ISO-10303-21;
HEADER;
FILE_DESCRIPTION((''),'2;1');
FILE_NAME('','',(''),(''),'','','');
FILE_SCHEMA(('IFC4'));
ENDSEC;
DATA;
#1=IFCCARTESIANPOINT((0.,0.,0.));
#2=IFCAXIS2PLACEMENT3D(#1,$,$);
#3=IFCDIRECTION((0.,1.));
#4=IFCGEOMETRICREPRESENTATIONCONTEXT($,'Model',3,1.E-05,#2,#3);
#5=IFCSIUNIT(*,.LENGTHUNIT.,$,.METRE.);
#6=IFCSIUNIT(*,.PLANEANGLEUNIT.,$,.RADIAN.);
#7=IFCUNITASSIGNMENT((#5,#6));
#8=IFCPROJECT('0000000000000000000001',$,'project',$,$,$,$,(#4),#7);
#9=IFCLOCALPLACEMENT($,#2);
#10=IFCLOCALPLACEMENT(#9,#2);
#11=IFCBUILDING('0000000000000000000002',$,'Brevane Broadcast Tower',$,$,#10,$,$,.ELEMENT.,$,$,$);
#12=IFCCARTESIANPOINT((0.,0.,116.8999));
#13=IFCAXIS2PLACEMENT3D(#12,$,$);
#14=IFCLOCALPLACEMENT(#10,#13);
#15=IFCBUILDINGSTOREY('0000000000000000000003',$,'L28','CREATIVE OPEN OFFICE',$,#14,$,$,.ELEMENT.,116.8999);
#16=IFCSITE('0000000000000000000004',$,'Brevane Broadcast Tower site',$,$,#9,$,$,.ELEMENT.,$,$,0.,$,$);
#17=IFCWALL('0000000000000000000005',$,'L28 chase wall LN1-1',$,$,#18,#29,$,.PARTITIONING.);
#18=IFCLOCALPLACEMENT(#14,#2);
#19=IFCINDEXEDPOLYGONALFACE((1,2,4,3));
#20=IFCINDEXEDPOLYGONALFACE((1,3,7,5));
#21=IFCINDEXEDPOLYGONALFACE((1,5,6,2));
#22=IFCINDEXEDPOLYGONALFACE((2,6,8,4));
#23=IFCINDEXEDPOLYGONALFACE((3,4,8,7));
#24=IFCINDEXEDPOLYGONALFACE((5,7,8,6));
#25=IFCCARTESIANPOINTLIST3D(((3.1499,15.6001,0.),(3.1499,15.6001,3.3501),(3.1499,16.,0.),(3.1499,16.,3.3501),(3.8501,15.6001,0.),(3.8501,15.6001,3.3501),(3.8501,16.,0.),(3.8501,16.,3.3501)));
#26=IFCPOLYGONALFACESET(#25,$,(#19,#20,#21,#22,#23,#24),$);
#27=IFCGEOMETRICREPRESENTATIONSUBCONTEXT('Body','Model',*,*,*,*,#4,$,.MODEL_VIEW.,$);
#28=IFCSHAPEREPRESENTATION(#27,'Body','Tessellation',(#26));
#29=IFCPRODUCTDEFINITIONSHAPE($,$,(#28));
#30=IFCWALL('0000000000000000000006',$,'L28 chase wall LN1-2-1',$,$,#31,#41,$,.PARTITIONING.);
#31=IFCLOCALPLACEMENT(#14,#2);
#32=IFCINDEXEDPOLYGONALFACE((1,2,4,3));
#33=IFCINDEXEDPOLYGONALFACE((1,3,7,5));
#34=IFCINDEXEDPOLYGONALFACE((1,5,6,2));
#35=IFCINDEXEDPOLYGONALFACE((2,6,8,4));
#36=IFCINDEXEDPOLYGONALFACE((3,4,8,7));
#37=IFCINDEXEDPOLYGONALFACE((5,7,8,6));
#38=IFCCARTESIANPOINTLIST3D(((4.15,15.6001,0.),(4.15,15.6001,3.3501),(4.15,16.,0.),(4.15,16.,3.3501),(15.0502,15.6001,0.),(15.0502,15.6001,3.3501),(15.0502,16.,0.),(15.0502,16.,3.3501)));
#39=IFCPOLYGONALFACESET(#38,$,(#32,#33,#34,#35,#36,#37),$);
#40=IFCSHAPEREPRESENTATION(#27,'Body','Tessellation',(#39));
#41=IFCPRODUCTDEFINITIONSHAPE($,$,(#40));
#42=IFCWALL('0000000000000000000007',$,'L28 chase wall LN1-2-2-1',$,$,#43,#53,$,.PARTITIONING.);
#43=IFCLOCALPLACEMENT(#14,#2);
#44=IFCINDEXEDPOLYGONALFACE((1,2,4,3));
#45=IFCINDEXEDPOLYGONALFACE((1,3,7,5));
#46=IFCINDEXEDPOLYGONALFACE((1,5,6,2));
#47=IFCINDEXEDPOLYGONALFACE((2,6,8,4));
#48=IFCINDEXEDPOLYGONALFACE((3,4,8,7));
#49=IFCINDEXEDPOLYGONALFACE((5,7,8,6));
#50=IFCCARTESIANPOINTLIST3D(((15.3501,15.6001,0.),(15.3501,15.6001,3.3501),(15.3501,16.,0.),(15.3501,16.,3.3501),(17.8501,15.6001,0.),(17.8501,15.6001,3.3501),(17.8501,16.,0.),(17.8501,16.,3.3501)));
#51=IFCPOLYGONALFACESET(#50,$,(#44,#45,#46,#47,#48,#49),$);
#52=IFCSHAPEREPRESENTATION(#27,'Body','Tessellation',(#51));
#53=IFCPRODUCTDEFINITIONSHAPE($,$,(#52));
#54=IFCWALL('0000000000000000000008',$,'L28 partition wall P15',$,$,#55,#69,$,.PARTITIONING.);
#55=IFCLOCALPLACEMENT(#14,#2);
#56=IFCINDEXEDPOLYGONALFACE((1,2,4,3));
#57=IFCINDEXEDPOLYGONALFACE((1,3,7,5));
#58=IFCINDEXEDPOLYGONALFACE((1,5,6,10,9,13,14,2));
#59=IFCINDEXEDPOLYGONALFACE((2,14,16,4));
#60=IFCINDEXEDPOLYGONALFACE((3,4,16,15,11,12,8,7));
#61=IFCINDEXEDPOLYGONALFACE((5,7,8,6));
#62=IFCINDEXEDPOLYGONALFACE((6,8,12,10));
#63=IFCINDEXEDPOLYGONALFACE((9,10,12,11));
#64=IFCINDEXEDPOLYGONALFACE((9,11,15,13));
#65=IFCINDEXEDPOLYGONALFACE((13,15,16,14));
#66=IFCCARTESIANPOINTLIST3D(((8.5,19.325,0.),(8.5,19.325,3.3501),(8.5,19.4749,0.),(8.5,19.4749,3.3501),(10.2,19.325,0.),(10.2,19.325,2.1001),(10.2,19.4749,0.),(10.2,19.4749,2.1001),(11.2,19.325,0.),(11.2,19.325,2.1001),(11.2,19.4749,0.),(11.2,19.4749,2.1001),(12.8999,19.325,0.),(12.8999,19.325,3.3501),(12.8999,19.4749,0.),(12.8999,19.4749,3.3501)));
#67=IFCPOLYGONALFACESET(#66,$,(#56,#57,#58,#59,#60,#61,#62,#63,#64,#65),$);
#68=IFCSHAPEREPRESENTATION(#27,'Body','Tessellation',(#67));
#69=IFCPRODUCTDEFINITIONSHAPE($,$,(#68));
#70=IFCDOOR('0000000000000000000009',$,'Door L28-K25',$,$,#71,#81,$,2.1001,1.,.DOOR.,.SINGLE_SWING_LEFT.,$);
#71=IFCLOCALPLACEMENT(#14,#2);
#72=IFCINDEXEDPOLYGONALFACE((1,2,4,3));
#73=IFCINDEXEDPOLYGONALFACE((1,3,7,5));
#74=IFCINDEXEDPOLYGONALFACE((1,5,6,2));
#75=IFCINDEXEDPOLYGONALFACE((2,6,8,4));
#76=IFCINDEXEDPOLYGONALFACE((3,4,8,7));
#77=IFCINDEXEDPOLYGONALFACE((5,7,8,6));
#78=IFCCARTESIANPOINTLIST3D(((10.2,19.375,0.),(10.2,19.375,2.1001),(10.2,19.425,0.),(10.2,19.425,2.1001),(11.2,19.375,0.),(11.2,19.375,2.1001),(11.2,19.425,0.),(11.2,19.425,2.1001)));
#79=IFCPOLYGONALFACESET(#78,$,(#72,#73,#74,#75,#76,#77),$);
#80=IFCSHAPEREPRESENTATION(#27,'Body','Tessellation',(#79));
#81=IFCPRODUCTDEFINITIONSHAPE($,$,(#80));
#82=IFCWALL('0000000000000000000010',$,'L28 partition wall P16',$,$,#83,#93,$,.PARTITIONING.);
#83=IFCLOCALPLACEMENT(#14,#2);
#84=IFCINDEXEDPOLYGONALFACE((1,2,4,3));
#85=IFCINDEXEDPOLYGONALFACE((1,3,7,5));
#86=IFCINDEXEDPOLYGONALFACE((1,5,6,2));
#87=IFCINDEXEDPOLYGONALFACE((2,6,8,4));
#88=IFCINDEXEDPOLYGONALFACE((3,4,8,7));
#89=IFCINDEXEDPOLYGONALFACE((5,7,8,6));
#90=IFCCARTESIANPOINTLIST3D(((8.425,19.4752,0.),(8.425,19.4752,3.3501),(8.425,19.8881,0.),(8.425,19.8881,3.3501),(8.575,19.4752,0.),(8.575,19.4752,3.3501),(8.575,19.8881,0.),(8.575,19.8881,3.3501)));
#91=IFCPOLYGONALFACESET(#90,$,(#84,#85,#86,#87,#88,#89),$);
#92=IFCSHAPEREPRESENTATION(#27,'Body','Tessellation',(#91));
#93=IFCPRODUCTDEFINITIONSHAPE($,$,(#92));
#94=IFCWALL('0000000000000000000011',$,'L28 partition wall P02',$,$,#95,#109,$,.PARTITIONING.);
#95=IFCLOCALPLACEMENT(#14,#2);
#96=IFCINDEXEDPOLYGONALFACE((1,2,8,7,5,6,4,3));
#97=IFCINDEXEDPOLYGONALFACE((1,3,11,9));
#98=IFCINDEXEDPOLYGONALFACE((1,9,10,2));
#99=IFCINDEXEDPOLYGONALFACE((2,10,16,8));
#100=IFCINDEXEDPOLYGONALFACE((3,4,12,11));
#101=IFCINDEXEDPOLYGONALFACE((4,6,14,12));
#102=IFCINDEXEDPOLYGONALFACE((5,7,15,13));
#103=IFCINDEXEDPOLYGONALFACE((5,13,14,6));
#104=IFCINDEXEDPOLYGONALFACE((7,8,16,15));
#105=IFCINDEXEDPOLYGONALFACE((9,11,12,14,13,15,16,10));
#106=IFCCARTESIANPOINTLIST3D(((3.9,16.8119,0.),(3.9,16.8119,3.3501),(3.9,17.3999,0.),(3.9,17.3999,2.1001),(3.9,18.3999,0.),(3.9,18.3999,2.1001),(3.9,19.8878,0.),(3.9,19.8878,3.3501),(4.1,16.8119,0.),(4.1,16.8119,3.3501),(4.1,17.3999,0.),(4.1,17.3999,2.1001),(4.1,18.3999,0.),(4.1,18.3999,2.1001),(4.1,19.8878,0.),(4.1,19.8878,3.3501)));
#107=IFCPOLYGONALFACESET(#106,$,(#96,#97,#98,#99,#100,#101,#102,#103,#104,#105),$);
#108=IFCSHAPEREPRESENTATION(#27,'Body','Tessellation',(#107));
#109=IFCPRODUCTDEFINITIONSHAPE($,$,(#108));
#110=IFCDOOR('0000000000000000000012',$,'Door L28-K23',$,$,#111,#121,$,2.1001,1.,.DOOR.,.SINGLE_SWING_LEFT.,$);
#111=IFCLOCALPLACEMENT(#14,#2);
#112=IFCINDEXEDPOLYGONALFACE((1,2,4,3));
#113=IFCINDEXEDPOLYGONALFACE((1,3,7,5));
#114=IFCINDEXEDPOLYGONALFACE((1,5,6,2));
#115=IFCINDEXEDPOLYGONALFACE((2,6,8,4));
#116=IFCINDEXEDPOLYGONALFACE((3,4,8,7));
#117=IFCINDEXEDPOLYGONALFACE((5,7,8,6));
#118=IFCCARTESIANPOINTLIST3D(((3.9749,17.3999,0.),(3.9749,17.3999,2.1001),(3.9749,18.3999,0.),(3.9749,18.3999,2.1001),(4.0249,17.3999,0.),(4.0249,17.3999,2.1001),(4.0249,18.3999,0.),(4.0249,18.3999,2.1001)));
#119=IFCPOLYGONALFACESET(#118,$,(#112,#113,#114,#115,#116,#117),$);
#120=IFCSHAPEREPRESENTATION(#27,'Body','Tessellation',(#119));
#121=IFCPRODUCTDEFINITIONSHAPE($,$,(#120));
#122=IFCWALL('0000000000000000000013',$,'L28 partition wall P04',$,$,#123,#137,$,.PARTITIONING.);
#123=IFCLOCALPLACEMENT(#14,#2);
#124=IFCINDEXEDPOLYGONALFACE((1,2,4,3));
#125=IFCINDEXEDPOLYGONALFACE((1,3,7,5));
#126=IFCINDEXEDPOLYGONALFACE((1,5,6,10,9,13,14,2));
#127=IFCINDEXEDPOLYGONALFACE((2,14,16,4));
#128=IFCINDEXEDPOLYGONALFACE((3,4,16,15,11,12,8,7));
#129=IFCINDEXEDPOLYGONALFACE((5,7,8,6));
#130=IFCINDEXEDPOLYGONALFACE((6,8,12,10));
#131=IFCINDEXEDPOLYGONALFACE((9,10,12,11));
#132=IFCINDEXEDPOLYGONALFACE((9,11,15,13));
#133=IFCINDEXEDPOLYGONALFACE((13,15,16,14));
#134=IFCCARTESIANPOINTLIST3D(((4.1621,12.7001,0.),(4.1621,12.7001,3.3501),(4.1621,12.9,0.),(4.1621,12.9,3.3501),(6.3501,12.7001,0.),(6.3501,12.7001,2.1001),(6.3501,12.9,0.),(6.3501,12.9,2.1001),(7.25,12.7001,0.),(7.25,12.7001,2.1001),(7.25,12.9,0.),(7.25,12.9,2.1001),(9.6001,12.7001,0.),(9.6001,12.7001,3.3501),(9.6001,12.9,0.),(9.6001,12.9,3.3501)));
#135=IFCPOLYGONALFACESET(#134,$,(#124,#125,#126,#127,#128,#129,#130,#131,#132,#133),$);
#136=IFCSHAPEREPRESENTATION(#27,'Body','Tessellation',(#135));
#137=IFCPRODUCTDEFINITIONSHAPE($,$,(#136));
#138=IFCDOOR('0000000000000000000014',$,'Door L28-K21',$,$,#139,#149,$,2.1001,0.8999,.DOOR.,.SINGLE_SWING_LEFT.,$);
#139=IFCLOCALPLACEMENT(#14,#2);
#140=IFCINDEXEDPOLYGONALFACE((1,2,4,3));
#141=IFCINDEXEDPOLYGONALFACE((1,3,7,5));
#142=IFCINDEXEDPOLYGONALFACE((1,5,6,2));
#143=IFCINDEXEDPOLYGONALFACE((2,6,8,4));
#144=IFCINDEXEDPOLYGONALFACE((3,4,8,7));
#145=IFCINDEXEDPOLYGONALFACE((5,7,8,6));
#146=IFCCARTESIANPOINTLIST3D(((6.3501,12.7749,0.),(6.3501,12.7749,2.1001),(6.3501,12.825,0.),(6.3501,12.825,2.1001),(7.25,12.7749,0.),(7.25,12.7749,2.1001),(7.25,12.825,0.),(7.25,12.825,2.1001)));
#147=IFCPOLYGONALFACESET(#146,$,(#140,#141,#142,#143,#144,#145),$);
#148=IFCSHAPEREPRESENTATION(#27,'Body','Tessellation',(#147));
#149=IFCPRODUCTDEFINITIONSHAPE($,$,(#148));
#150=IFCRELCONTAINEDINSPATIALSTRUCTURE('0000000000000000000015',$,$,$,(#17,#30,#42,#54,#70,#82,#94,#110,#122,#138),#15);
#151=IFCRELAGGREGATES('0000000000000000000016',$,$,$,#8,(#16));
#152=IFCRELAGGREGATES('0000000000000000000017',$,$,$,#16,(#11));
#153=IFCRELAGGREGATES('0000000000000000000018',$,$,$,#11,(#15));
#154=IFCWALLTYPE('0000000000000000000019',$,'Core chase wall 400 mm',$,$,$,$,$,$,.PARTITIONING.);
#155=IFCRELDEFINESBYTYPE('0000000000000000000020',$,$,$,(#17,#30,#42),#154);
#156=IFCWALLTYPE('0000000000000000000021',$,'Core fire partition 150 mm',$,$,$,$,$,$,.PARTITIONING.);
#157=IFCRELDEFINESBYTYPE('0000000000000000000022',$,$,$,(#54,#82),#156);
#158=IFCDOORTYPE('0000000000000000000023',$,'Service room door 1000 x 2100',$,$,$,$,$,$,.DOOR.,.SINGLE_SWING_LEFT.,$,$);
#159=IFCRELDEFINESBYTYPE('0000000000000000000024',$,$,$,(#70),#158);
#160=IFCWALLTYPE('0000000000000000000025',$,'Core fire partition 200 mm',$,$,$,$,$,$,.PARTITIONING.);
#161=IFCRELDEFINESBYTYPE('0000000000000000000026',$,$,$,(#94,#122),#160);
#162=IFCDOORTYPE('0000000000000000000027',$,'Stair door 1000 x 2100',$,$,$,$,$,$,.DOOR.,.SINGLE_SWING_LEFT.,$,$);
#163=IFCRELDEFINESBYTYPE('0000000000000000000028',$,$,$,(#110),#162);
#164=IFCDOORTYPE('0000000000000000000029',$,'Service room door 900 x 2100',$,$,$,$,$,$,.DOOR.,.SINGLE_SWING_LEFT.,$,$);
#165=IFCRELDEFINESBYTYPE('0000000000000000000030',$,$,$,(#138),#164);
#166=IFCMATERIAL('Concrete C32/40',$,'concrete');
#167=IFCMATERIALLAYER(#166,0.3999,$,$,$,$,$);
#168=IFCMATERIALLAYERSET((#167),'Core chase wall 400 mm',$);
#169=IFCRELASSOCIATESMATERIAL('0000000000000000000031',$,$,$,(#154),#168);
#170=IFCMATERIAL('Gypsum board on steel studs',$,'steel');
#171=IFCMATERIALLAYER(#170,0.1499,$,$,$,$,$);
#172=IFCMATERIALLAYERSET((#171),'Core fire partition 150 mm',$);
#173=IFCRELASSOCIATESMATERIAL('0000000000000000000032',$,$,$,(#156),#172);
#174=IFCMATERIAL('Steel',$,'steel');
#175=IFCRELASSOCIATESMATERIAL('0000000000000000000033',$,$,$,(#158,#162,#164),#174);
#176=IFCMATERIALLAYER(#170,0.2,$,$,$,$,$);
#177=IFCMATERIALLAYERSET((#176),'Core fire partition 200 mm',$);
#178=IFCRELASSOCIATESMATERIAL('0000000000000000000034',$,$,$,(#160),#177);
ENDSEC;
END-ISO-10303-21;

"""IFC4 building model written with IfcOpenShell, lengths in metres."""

from ifc_helpers import new_model, si_unit, direction, frame, frame_2d, origin, place, context, subcontext, project, spatial, rectangle, extrude, material, layer, layer_set, type_object, element, fill, save


model = new_model("IFC4")

# Units and contexts
model_context = context("Model", 3, precision=1e-05, world=origin(), true_north=direction((0.0, 1.0)))
body_context = subcontext(model_context, "Body", "Model", "MODEL_VIEW")
ifc_project = project(units=[si_unit("LENGTHUNIT", "METRE"), si_unit("PLANEANGLEUNIT", "RADIAN")], contexts=[model_context])

# Site, building, storey
site_placement = place(None, origin())
site = spatial("IfcSite", under=ifc_project, at=site_placement, Name="Brevane Broadcast Tower site", CompositionType="ELEMENT", RefElevation=0.0)
building_placement = place(site_placement, origin())
building = spatial("IfcBuilding", under=site, at=building_placement, Name="Brevane Broadcast Tower", CompositionType="ELEMENT")
storey_placement = place(building_placement, frame((0.0, 0.0, 116.8999)))
storey = spatial("IfcBuildingStorey", under=building, at=storey_placement, Name="L28", Description="CREATIVE OPEN OFFICE", CompositionType="ELEMENT", Elevation=116.8999)

# Walls
ifc_material_1 = material(Name="Concrete C32/40", Category="concrete")
ifc_layer_1 = layer(ifc_material_1, 0.3999)
ifc_layer_set_1 = layer_set([ifc_layer_1], Name="Core chase wall 400 mm")
wall_type_1 = type_object("IfcWallType", Name="Core chase wall 400 mm", PredefinedType="PARTITIONING", material=ifc_layer_set_1)
wall_1_placement = place(storey_placement, frame((3.1499, 15.8, 0.0), z_axis=(0.0, 0.0, 1.0), x_axis=(1.0, 0.0, 0.0)))
element("IfcWall", 1, at=wall_1_placement, inside=storey, type_object=wall_type_1, Name="L28 chase wall LN1-1", PredefinedType="PARTITIONING", context=body_context, shape_type="SweptSolid", body=[
    extrude(rectangle(XDim=0.7002, YDim=0.3999, at=frame_2d((0.3501, 0.0))), origin(), (0.0, 0.0, 1.0), 3.3501),
])
wall_2_placement = place(storey_placement, frame((4.1499, 15.8, 0.0), z_axis=(0.0, 0.0, 1.0), x_axis=(1.0, 0.0, 0.0)))
element("IfcWall", 2, at=wall_2_placement, inside=storey, type_object=wall_type_1, Name="L28 chase wall LN1-2-1", PredefinedType="PARTITIONING", context=body_context, shape_type="SweptSolid", body=[
    extrude(rectangle(XDim=10.9001, YDim=0.3999, at=frame_2d((5.4502, 0.0))), origin(), (0.0, 0.0, 1.0), 3.3501),
])
wall_3_placement = place(storey_placement, frame((15.3501, 15.8, 0.0), z_axis=(0.0, 0.0, 1.0), x_axis=(1.0, 0.0, 0.0)))
element("IfcWall", 3, at=wall_3_placement, inside=storey, type_object=wall_type_1, Name="L28 chase wall LN1-2-2-1", PredefinedType="PARTITIONING", context=body_context, shape_type="SweptSolid", body=[
    extrude(rectangle(XDim=2.5, YDim=0.3999, at=frame_2d((1.25, 0.0))), origin(), (0.0, 0.0, 1.0), 3.3501),
])

# Wall, opening, door
ifc_material_2 = material(Name="Gypsum board on steel studs", Category="steel")
ifc_layer_2 = layer(ifc_material_2, 0.1499)
ifc_layer_set_2 = layer_set([ifc_layer_2], Name="Core fire partition 150 mm")
wall_type_2 = type_object("IfcWallType", Name="Core fire partition 150 mm", PredefinedType="PARTITIONING", material=ifc_layer_set_2)
wall_4_placement = place(storey_placement, frame((12.8999, 19.3999, 0.0), z_axis=(0.0, 0.0, 1.0), x_axis=(-1.0, 0.0, 0.0)))
wall_4 = element("IfcWall", 4, at=wall_4_placement, inside=storey, type_object=wall_type_2, Name="L28 partition wall P15", PredefinedType="PARTITIONING", context=body_context, shape_type="SweptSolid", body=[
    extrude(rectangle(XDim=4.3999, YDim=0.1499, at=frame_2d((2.2, 0.0))), origin(), (0.0, 0.0, 1.0), 3.3501),
])
opening_1_placement = place(wall_4_placement, frame((1.7, 0.0, 0.0)))
opening_1 = element("IfcOpeningElement", 5, at=opening_1_placement, cuts=wall_4, PredefinedType="OPENING", context=body_context, shape_type="SweptSolid", body=[
    extrude(rectangle(XDim=1.0, YDim=2.1001, at=frame_2d((0.5, 1.05))), frame((0.0, 0.085, 0.0), z_axis=(0.0, -1.0, 0.0), x_axis=(1.0, 0.0, 0.0)), (0.0, 0.0, 1.0), 0.1699),
])
ifc_material_3 = material(Name="Steel", Category="steel")
door_type_1 = type_object("IfcDoorType", Name="Service room door 1000 x 2100", OperationType="SINGLE_SWING_LEFT", PredefinedType="DOOR", material=ifc_material_3)
door_1_placement = place(opening_1_placement, origin())
door_1 = element("IfcDoor", 6, at=door_1_placement, inside=storey, type_object=door_type_1, Name="Door L28-K25", OperationType="SINGLE_SWING_LEFT", OverallHeight=2.1001, OverallWidth=1.0, PredefinedType="DOOR", context=body_context, shape_type="SweptSolid", body=[
    extrude(rectangle(XDim=1.0, YDim=2.1001, at=frame_2d((0.5, 1.05))), frame((0.0, 0.0249, 0.0), z_axis=(0.0, -1.0, 0.0), x_axis=(1.0, 0.0, 0.0)), (0.0, 0.0, 1.0), 0.05),
])
fill(opening_1, door_1)

# Wall
wall_5_placement = place(storey_placement, frame((8.5, 19.4751, 0.0), z_axis=(0.0, 0.0, 1.0), x_axis=(0.0, 1.0, 0.0)))
element("IfcWall", 7, at=wall_5_placement, inside=storey, type_object=wall_type_2, Name="L28 partition wall P16", PredefinedType="PARTITIONING", context=body_context, shape_type="SweptSolid", body=[
    extrude(rectangle(XDim=0.4128, YDim=0.1499, at=frame_2d((0.2065, 0.0))), origin(), (0.0, 0.0, 1.0), 3.3501),
])

# Walls, openings, doors
ifc_layer_3 = layer(ifc_material_2, 0.2)
ifc_layer_set_3 = layer_set([ifc_layer_3], Name="Core fire partition 200 mm")
wall_type_3 = type_object("IfcWallType", Name="Core fire partition 200 mm", PredefinedType="PARTITIONING", material=ifc_layer_set_3)
wall_6_placement = place(storey_placement, frame((4.0, 19.8879, 0.0), z_axis=(0.0, 0.0, 1.0), x_axis=(0.0, -1.0, 0.0)))
wall_6 = element("IfcWall", 8, at=wall_6_placement, inside=storey, type_object=wall_type_3, Name="L28 partition wall P02", PredefinedType="PARTITIONING", context=body_context, shape_type="SweptSolid", body=[
    extrude(rectangle(XDim=3.0759, YDim=0.2, at=frame_2d((1.5381, 0.0))), origin(), (0.0, 0.0, 1.0), 3.3501),
])
opening_2_placement = place(wall_6_placement, frame((1.488, 0.0, 0.0)))
opening_2 = element("IfcOpeningElement", 9, at=opening_2_placement, cuts=wall_6, PredefinedType="OPENING", context=body_context, shape_type="SweptSolid", body=[
    extrude(rectangle(XDim=1.0, YDim=2.1001, at=frame_2d((0.5, 1.05))), frame((0.0, 0.1099, 0.0), z_axis=(0.0, -1.0, 0.0), x_axis=(1.0, 0.0, 0.0)), (0.0, 0.0, 1.0), 0.22),
])
door_type_2 = type_object("IfcDoorType", Name="Stair door 1000 x 2100", OperationType="SINGLE_SWING_LEFT", PredefinedType="DOOR", material=ifc_material_3)
door_2_placement = place(opening_2_placement, origin())
door_2 = element("IfcDoor", 10, at=door_2_placement, inside=storey, type_object=door_type_2, Name="Door L28-K23", OperationType="SINGLE_SWING_LEFT", OverallHeight=2.1001, OverallWidth=1.0, PredefinedType="DOOR", context=body_context, shape_type="SweptSolid", body=[
    extrude(rectangle(XDim=1.0, YDim=2.1001, at=frame_2d((0.5, 1.05))), frame((0.0, 0.0249, 0.0), z_axis=(0.0, -1.0, 0.0), x_axis=(1.0, 0.0, 0.0)), (0.0, 0.0, 1.0), 0.05),
])
fill(opening_2, door_2)
wall_7_placement = place(storey_placement, frame((4.1621, 12.8, 0.0), z_axis=(0.0, 0.0, 1.0), x_axis=(1.0, 0.0, 0.0)))
wall_7 = element("IfcWall", 11, at=wall_7_placement, inside=storey, type_object=wall_type_3, Name="L28 partition wall P04", PredefinedType="PARTITIONING", context=body_context, shape_type="SweptSolid", body=[
    extrude(rectangle(XDim=5.438, YDim=0.2, at=frame_2d((2.719, 0.0))), origin(), (0.0, 0.0, 1.0), 3.3501),
])
opening_3_placement = place(wall_7_placement, frame((2.188, 0.0, 0.0)))
opening_3 = element("IfcOpeningElement", 12, at=opening_3_placement, cuts=wall_7, PredefinedType="OPENING", context=body_context, shape_type="SweptSolid", body=[
    extrude(rectangle(XDim=0.8999, YDim=2.1001, at=frame_2d((0.45, 1.05))), frame((0.0, 0.1099, 0.0), z_axis=(0.0, -1.0, 0.0), x_axis=(1.0, 0.0, 0.0)), (0.0, 0.0, 1.0), 0.22),
])
door_type_3 = type_object("IfcDoorType", Name="Service room door 900 x 2100", OperationType="SINGLE_SWING_LEFT", PredefinedType="DOOR", material=ifc_material_3)
door_3_placement = place(opening_3_placement, origin())
door_3 = element("IfcDoor", 13, at=door_3_placement, inside=storey, type_object=door_type_3, Name="Door L28-K21", OperationType="SINGLE_SWING_LEFT", OverallHeight=2.1001, OverallWidth=0.8999, PredefinedType="DOOR", context=body_context, shape_type="SweptSolid", body=[
    extrude(rectangle(XDim=0.8999, YDim=2.1001, at=frame_2d((0.45, 1.05))), frame((0.0, 0.0249, 0.0), z_axis=(0.0, -1.0, 0.0), x_axis=(1.0, 0.0, 0.0)), (0.0, 0.0, 1.0), 0.05),
])
fill(opening_3, door_3)

save(model, "model.ifc")
